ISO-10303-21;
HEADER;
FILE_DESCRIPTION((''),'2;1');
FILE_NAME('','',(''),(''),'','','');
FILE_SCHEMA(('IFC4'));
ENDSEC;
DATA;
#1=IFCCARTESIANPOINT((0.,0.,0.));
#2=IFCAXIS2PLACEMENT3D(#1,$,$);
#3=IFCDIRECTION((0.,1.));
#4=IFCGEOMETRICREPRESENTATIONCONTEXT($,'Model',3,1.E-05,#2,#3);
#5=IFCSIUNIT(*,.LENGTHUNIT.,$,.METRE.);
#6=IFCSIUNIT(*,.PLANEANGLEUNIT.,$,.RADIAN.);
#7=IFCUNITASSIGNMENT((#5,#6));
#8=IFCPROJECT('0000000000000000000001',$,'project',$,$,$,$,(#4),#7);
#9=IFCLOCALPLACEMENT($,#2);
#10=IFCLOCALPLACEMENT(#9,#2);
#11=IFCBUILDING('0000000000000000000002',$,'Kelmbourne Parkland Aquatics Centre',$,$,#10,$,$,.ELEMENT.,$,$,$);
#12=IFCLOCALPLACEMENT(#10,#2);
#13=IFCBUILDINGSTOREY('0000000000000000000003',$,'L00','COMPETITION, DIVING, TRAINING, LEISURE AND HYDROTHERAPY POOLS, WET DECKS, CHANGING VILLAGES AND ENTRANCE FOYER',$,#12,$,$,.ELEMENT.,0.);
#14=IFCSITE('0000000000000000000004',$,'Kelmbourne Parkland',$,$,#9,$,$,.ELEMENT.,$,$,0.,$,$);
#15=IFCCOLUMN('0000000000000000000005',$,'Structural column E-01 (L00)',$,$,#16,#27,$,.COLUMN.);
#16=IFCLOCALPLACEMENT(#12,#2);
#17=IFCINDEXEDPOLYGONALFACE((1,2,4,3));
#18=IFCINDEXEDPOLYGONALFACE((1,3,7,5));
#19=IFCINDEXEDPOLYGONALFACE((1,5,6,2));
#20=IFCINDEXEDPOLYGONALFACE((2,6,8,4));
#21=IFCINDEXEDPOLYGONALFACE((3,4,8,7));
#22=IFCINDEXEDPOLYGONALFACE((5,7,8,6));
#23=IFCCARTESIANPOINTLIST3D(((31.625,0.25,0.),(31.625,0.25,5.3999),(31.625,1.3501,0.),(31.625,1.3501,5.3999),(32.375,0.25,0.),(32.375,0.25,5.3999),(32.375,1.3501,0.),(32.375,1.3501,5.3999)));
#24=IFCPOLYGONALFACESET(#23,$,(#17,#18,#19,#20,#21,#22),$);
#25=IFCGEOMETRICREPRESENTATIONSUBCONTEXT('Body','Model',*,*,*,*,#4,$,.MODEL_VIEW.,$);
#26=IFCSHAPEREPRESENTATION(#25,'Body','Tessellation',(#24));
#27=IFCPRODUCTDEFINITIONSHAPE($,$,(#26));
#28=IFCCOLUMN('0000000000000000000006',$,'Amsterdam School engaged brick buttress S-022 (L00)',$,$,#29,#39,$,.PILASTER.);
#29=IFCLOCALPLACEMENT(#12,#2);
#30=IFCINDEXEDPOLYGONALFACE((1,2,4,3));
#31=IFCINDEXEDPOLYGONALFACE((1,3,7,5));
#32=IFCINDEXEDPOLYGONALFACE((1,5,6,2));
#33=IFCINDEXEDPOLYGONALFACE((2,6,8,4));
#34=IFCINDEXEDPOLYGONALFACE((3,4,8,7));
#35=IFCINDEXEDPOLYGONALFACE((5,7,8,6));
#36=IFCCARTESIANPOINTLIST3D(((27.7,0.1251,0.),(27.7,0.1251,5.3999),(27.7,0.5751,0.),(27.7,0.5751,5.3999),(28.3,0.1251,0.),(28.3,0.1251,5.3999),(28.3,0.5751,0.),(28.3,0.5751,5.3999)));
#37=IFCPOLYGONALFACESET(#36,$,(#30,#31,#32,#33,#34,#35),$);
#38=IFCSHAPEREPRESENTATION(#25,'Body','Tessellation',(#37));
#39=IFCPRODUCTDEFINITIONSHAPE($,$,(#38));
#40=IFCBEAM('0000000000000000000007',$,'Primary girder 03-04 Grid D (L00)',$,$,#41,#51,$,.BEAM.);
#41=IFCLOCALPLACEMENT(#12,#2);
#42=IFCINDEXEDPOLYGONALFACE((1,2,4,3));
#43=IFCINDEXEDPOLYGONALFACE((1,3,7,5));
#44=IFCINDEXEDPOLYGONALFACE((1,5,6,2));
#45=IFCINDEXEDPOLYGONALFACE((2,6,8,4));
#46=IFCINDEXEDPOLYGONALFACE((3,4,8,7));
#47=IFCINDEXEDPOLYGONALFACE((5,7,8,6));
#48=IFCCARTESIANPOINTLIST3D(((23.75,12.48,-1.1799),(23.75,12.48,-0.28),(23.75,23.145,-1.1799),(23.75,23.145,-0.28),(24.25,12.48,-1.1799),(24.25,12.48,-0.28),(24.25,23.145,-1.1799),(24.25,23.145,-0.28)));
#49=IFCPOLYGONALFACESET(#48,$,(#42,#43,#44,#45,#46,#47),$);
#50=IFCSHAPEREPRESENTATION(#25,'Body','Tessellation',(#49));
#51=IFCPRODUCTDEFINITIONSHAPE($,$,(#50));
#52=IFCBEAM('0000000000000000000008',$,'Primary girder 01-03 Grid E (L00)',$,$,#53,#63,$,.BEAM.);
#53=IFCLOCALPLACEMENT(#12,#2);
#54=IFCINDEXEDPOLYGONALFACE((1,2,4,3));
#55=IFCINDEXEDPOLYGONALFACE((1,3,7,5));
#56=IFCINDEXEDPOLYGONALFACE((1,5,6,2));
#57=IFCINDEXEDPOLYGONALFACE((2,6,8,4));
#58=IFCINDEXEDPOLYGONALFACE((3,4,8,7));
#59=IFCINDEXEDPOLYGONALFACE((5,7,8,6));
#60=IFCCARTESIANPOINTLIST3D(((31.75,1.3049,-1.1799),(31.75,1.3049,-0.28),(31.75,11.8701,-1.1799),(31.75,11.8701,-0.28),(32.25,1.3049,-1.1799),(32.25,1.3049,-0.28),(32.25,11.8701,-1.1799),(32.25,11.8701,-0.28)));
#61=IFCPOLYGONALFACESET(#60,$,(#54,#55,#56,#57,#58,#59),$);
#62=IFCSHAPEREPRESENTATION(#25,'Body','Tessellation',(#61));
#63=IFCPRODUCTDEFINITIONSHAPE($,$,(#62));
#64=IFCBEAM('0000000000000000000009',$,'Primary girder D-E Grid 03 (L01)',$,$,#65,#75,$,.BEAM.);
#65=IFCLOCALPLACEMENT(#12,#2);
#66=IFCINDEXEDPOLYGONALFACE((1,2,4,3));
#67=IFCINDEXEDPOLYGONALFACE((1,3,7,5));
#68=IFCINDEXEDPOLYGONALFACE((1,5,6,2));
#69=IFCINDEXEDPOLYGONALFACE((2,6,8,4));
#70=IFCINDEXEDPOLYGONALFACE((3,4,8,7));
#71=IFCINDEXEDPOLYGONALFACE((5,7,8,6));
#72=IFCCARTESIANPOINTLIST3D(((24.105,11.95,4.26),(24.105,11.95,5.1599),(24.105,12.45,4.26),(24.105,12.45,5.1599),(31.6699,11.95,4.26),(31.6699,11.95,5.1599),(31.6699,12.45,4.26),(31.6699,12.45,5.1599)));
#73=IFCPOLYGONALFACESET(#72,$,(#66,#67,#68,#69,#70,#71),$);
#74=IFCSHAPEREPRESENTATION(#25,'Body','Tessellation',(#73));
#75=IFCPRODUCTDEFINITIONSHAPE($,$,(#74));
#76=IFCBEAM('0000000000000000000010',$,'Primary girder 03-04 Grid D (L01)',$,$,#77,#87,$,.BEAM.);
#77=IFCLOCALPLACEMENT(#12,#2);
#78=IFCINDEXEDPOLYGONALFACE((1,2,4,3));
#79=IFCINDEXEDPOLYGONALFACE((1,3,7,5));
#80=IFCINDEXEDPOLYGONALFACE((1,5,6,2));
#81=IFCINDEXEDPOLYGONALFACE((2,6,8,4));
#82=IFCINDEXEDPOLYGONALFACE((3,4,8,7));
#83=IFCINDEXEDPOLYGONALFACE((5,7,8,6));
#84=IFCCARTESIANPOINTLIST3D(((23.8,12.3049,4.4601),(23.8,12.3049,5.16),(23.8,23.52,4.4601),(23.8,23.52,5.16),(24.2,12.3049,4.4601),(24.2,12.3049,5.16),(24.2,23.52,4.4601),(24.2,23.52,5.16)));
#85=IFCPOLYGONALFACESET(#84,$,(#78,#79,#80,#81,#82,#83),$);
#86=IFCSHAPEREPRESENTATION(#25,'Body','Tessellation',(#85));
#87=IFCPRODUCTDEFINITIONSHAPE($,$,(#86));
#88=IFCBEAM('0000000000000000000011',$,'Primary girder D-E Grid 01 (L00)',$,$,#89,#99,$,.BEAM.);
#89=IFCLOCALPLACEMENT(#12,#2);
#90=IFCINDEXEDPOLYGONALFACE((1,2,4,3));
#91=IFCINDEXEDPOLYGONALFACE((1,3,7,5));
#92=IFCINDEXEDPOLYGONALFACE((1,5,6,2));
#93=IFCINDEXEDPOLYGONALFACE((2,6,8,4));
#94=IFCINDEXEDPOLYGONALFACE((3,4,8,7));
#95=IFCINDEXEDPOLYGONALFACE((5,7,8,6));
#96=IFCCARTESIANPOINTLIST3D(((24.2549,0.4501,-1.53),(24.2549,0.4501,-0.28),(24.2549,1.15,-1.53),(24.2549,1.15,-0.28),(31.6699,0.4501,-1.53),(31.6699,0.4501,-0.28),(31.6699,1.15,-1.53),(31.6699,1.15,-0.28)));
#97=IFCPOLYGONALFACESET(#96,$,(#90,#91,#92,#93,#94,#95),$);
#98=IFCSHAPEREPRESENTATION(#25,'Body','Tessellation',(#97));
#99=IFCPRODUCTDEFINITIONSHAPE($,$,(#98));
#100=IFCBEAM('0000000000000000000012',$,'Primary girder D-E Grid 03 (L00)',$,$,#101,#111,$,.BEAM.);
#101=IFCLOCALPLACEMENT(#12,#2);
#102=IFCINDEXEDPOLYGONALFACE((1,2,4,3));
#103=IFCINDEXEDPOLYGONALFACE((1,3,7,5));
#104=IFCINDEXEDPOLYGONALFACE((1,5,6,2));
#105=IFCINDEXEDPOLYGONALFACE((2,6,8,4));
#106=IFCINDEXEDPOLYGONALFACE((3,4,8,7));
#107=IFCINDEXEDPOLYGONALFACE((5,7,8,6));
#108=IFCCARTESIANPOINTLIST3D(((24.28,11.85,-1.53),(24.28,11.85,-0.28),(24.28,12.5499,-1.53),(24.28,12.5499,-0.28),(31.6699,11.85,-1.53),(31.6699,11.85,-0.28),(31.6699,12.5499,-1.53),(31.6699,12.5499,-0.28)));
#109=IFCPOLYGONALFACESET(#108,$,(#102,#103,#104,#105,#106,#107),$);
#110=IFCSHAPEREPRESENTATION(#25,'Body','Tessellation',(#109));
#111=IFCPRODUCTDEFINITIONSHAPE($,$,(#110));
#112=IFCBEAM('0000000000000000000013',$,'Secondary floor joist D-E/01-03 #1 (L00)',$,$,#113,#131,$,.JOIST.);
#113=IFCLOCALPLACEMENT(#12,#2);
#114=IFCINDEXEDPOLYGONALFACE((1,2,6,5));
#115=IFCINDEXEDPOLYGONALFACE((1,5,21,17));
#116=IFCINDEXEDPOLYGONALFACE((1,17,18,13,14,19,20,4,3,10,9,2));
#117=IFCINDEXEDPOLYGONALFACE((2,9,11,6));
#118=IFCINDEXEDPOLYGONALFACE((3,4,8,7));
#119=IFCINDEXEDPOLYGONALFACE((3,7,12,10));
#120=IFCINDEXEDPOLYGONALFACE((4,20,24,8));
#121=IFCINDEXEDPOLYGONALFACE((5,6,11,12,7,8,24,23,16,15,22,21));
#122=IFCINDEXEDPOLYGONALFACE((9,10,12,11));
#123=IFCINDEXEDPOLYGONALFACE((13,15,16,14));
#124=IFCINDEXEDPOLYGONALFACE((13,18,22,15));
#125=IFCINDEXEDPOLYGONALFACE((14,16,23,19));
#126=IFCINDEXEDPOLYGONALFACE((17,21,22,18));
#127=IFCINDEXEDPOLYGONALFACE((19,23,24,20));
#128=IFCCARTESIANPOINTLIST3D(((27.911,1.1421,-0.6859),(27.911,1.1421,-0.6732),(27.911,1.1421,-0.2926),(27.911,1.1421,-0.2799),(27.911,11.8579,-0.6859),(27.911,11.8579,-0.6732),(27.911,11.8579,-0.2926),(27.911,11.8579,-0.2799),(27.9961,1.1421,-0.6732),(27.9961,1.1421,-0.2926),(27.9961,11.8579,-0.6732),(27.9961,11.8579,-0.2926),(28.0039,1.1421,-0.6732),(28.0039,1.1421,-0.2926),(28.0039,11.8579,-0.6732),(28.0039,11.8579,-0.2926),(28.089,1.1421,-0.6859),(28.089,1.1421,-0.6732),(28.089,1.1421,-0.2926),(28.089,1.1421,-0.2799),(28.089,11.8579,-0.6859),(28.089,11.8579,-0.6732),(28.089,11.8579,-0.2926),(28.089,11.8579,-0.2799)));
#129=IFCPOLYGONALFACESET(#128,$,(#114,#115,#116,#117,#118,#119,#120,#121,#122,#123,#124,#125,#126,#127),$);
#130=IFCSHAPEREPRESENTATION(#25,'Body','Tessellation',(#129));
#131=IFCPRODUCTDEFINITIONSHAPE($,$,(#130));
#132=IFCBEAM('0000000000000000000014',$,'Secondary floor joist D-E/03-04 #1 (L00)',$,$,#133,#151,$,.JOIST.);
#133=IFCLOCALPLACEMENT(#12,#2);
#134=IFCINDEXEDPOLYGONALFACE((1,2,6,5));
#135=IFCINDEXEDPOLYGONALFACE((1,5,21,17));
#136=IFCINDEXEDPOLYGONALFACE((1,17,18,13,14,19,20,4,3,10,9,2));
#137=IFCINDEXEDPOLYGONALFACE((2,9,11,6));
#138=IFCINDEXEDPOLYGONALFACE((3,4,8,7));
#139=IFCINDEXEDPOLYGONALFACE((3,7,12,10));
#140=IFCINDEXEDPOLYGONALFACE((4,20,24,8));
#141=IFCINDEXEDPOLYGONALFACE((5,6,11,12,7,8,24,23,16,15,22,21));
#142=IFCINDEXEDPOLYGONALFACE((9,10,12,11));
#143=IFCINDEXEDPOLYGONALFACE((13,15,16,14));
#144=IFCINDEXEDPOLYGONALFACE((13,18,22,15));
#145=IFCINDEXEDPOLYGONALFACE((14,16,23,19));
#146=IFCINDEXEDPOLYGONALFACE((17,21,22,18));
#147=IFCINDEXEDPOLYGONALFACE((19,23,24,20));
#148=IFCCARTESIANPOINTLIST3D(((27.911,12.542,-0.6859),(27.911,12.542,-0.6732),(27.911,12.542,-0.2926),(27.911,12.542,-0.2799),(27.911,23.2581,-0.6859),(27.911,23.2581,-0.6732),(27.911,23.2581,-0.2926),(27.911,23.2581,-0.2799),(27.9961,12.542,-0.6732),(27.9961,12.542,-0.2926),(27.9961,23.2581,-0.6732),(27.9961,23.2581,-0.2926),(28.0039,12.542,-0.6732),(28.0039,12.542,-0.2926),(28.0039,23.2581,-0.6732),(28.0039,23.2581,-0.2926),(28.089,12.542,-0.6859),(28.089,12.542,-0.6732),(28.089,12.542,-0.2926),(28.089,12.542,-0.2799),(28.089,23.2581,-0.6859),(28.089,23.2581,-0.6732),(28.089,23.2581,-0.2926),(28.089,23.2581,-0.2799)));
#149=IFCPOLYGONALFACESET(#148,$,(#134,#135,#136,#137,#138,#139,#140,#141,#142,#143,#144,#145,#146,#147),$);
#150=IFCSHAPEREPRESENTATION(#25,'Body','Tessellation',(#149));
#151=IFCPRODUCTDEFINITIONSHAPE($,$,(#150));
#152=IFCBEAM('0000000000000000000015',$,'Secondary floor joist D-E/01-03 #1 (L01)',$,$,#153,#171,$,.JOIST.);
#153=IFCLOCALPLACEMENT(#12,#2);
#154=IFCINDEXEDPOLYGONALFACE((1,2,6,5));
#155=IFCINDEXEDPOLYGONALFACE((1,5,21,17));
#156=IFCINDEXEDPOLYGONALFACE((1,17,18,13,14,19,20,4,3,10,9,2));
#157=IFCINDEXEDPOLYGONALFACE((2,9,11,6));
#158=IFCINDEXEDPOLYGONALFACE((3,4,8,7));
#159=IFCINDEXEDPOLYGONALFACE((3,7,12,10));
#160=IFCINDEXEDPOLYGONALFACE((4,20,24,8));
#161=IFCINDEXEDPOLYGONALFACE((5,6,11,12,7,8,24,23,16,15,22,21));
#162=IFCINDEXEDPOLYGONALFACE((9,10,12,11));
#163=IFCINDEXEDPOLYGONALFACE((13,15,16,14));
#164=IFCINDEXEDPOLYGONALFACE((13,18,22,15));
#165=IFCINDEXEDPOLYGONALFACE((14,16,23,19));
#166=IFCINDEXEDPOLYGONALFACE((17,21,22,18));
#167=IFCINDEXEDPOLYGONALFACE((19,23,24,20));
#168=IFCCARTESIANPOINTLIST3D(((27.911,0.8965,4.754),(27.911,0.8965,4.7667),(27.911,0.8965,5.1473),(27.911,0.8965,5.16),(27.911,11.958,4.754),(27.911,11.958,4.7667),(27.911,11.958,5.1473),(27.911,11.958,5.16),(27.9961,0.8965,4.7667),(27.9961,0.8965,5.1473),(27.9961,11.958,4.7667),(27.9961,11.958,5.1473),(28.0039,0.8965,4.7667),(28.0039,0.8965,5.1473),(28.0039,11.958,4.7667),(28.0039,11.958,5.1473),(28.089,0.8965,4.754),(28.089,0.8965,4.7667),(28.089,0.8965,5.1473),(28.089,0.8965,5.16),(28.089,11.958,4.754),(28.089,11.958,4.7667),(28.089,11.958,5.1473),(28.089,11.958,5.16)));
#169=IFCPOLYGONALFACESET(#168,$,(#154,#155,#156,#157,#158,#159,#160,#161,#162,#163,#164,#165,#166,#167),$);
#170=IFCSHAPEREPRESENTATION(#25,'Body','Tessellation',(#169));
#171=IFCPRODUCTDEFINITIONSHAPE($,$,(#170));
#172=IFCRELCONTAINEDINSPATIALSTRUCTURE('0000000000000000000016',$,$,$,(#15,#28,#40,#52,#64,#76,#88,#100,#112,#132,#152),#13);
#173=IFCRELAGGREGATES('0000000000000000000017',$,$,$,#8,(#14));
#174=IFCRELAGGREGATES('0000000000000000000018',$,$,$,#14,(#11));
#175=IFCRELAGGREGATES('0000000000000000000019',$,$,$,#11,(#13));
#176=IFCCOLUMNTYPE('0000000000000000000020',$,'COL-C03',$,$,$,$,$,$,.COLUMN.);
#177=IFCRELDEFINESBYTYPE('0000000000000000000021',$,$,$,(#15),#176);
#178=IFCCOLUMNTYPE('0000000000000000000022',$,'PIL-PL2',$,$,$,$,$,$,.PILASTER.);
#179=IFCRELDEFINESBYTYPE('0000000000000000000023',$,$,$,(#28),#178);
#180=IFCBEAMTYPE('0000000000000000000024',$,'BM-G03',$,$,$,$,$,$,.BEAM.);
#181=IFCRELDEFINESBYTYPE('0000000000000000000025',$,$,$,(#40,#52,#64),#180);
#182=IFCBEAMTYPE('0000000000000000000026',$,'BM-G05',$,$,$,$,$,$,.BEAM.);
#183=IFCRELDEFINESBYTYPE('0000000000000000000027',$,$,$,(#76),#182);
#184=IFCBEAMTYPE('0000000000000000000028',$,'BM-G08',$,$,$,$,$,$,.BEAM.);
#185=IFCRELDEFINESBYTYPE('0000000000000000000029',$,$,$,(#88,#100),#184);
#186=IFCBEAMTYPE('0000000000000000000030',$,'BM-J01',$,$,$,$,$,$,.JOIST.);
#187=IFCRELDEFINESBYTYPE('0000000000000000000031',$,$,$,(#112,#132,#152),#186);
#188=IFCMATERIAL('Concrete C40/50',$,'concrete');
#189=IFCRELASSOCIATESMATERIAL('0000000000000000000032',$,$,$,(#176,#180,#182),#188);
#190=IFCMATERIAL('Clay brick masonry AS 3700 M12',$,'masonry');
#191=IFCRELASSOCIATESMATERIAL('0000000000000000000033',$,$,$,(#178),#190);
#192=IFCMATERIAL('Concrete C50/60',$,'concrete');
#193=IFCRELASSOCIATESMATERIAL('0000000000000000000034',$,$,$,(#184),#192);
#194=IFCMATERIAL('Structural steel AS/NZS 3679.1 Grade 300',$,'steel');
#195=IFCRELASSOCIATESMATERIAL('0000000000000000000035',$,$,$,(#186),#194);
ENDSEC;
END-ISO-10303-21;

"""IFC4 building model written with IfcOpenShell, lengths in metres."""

from ifc_helpers import new_model, si_unit, direction, frame, origin, origin_2d, place, context, subcontext, project, spatial, rectangle, i_section, extrude, material, material_profile, profile_set, type_object, element, save


model = new_model("IFC4")

# Units and contexts
model_context = context("Model", 3, precision=1e-05, world=origin(), true_north=direction((0.0, 1.0)))
body_context = subcontext(model_context, "Body", "Model", "MODEL_VIEW")
ifc_project = project(units=[si_unit("LENGTHUNIT", "METRE"), si_unit("PLANEANGLEUNIT", "RADIAN")], contexts=[model_context])

# Site, building, storey
site_placement = place(None, origin())
site = spatial("IfcSite", under=ifc_project, at=site_placement, Name="Kelmbourne Parkland", CompositionType="ELEMENT", RefElevation=0.0)
building_placement = place(site_placement, origin())
building = spatial("IfcBuilding", under=site, at=building_placement, Name="Kelmbourne Parkland Aquatics Centre", CompositionType="ELEMENT")
storey_placement = place(building_placement, origin())
storey = spatial("IfcBuildingStorey", under=building, at=storey_placement, Name="L00", Description="COMPETITION, DIVING, TRAINING, LEISURE AND HYDROTHERAPY POOLS, WET DECKS, CHANGING VILLAGES AND ENTRANCE FOYER", CompositionType="ELEMENT", Elevation=0.0)

# Columns
ifc_material_1 = material(Name="Concrete C40/50", Category="concrete")
ifc_material_profile_1 = material_profile(ifc_material_1, rectangle(XDim=0.75, YDim=1.1001, at=origin_2d()), Name="RC 750x1100")
ifc_profile_set_1 = profile_set([ifc_material_profile_1], Name="Concrete C40/50")
column_type_1 = type_object("IfcColumnType", Name="COL-C03", PredefinedType="COLUMN", material=ifc_profile_set_1)
column_1_placement = place(storey_placement, frame((32.0, 0.8, 0.0), z_axis=(0.0, 0.0, 1.0), x_axis=(1.0, 0.0, 0.0)))
element("IfcColumn", 1, at=column_1_placement, inside=storey, type_object=column_type_1, Name="Structural column E-01 (L00)", PredefinedType="COLUMN", context=body_context, shape_type="SweptSolid", body=[
    extrude(rectangle(XDim=0.75, YDim=1.1001, at=origin_2d()), origin(), (0.0, 0.0, 1.0), 5.3999),
])
ifc_material_2 = material(Name="Clay brick masonry AS 3700 M12", Category="masonry")
ifc_material_profile_2 = material_profile(ifc_material_2, rectangle(XDim=0.45, YDim=0.6001, at=origin_2d()), Name="PIL 450x600")
ifc_profile_set_2 = profile_set([ifc_material_profile_2], Name="Clay brick masonry AS 3700 M12")
column_type_2 = type_object("IfcColumnType", Name="PIL-PL2", PredefinedType="PILASTER", material=ifc_profile_set_2)
column_2_placement = place(storey_placement, frame((28.0, 0.3501, 0.0), z_axis=(0.0, 0.0, 1.0), x_axis=(0.0, 1.0, 0.0)))
element("IfcColumn", 2, at=column_2_placement, inside=storey, type_object=column_type_2, Name="Amsterdam School engaged brick buttress S-022 (L00)", PredefinedType="PILASTER", context=body_context, shape_type="SweptSolid", body=[
    extrude(rectangle(XDim=0.45, YDim=0.6001, at=origin_2d()), origin(), (0.0, 0.0, 1.0), 5.3999),
])

# Beams
ifc_material_profile_3 = material_profile(ifc_material_1, rectangle(XDim=0.5, YDim=0.8999, at=origin_2d()), Name="RC 500x900")
ifc_profile_set_3 = profile_set([ifc_material_profile_3], Name="Concrete C40/50")
beam_type_1 = type_object("IfcBeamType", Name="BM-G03", PredefinedType="BEAM", material=ifc_profile_set_3)
beam_1_placement = place(storey_placement, frame((24.0, 12.48, -0.73), z_axis=(0.0, 1.0, 0.0), x_axis=(-1.0, 0.0, 0.0)))
element("IfcBeam", 3, at=beam_1_placement, inside=storey, type_object=beam_type_1, Name="Primary girder 03-04 Grid D (L00)", PredefinedType="BEAM", context=body_context, shape_type="SweptSolid", body=[
    extrude(rectangle(XDim=0.5, YDim=0.8999, at=origin_2d()), origin(), (0.0, 0.0, 1.0), 10.665),
])
beam_2_placement = place(storey_placement, frame((32.0, 1.3049, -0.73), z_axis=(0.0, 1.0, 0.0), x_axis=(-1.0, 0.0, 0.0)))
element("IfcBeam", 4, at=beam_2_placement, inside=storey, type_object=beam_type_1, Name="Primary girder 01-03 Grid E (L00)", PredefinedType="BEAM", context=body_context, shape_type="SweptSolid", body=[
    extrude(rectangle(XDim=0.5, YDim=0.8999, at=origin_2d()), origin(), (0.0, 0.0, 1.0), 10.5652),
])
beam_3_placement = place(storey_placement, frame((24.105, 12.2, 4.71), z_axis=(1.0, 0.0, 0.0), x_axis=(0.0, 1.0, 0.0)))
element("IfcBeam", 5, at=beam_3_placement, inside=storey, type_object=beam_type_1, Name="Primary girder D-E Grid 03 (L01)", PredefinedType="BEAM", context=body_context, shape_type="SweptSolid", body=[
    extrude(rectangle(XDim=0.5, YDim=0.8999, at=origin_2d()), origin(), (0.0, 0.0, 1.0), 7.5649),
])
ifc_material_profile_4 = material_profile(ifc_material_1, rectangle(XDim=0.3999, YDim=0.7, at=origin_2d()), Name="RC 400x700")
ifc_profile_set_4 = profile_set([ifc_material_profile_4], Name="Concrete C40/50")
beam_type_2 = type_object("IfcBeamType", Name="BM-G05", PredefinedType="BEAM", material=ifc_profile_set_4)
beam_4_placement = place(storey_placement, frame((24.0, 12.3049, 4.8101), z_axis=(0.0, 1.0, 0.0), x_axis=(-1.0, 0.0, 0.0)))
element("IfcBeam", 6, at=beam_4_placement, inside=storey, type_object=beam_type_2, Name="Primary girder 03-04 Grid D (L01)", PredefinedType="BEAM", context=body_context, shape_type="SweptSolid", body=[
    extrude(rectangle(XDim=0.3999, YDim=0.7, at=origin_2d()), origin(), (0.0, 0.0, 1.0), 11.2151),
])
ifc_material_3 = material(Name="Concrete C50/60", Category="concrete")
ifc_material_profile_5 = material_profile(ifc_material_3, rectangle(XDim=0.7, YDim=1.25, at=origin_2d()), Name="RC 700x1250")
ifc_profile_set_5 = profile_set([ifc_material_profile_5], Name="Concrete C50/60")
beam_type_3 = type_object("IfcBeamType", Name="BM-G08", PredefinedType="BEAM", material=ifc_profile_set_5)
beam_5_placement = place(storey_placement, frame((24.2549, 0.8, -0.905), z_axis=(1.0, 0.0, 0.0), x_axis=(0.0, 1.0, 0.0)))
element("IfcBeam", 7, at=beam_5_placement, inside=storey, type_object=beam_type_3, Name="Primary girder D-E Grid 01 (L00)", PredefinedType="BEAM", context=body_context, shape_type="SweptSolid", body=[
    extrude(rectangle(XDim=0.7, YDim=1.25, at=origin_2d()), origin(), (0.0, 0.0, 1.0), 7.415),
])
beam_6_placement = place(storey_placement, frame((24.28, 12.2, -0.905), z_axis=(1.0, 0.0, 0.0), x_axis=(0.0, 1.0, 0.0)))
element("IfcBeam", 8, at=beam_6_placement, inside=storey, type_object=beam_type_3, Name="Primary girder D-E Grid 03 (L00)", PredefinedType="BEAM", context=body_context, shape_type="SweptSolid", body=[
    extrude(rectangle(XDim=0.7, YDim=1.25, at=origin_2d()), origin(), (0.0, 0.0, 1.0), 7.3899),
])
ifc_material_4 = material(Name="Structural steel AS/NZS 3679.1 Grade 300", Category="steel")
ifc_material_profile_6 = material_profile(ifc_material_4, i_section(OverallWidth=0.178, OverallDepth=0.406, WebThickness=0.0078, FlangeThickness=0.0127, at=origin_2d()), Name="410UB59.7")
ifc_profile_set_6 = profile_set([ifc_material_profile_6], Name="Structural steel AS/NZS 3679.1 Grade 300")
beam_type_4 = type_object("IfcBeamType", Name="BM-J01", PredefinedType="JOIST", material=ifc_profile_set_6)
beam_7_placement = place(storey_placement, frame((28.0, 1.1421, -0.4829), z_axis=(0.0, 1.0, 0.0), x_axis=(-1.0, 0.0, 0.0)))
element("IfcBeam", 9, at=beam_7_placement, inside=storey, type_object=beam_type_4, Name="Secondary floor joist D-E/01-03 #1 (L00)", PredefinedType="JOIST", context=body_context, shape_type="SweptSolid", body=[
    extrude(i_section(OverallWidth=0.178, OverallDepth=0.406, WebThickness=0.0078, FlangeThickness=0.0127, at=origin_2d()), origin(), (0.0, 0.0, 1.0), 10.7158),
])
beam_8_placement = place(storey_placement, frame((28.0, 12.542, -0.4829), z_axis=(0.0, 1.0, 0.0), x_axis=(-1.0, 0.0, 0.0)))
element("IfcBeam", 10, at=beam_8_placement, inside=storey, type_object=beam_type_4, Name="Secondary floor joist D-E/03-04 #1 (L00)", PredefinedType="JOIST", context=body_context, shape_type="SweptSolid", body=[
    extrude(i_section(OverallWidth=0.178, OverallDepth=0.406, WebThickness=0.0078, FlangeThickness=0.0127, at=origin_2d()), origin(), (0.0, 0.0, 1.0), 10.7161),
])
beam_9_placement = place(storey_placement, frame((28.0, 0.8965, 4.957), z_axis=(0.0, 1.0, 0.0), x_axis=(-1.0, 0.0, 0.0)))
element("IfcBeam", 11, at=beam_9_placement, inside=storey, type_object=beam_type_4, Name="Secondary floor joist D-E/01-03 #1 (L01)", PredefinedType="JOIST", context=body_context, shape_type="SweptSolid", body=[
    extrude(i_section(OverallWidth=0.178, OverallDepth=0.406, WebThickness=0.0078, FlangeThickness=0.0127, at=origin_2d()), origin(), (0.0, 0.0, 1.0), 11.0615),
])

save(model, "model.ifc")
